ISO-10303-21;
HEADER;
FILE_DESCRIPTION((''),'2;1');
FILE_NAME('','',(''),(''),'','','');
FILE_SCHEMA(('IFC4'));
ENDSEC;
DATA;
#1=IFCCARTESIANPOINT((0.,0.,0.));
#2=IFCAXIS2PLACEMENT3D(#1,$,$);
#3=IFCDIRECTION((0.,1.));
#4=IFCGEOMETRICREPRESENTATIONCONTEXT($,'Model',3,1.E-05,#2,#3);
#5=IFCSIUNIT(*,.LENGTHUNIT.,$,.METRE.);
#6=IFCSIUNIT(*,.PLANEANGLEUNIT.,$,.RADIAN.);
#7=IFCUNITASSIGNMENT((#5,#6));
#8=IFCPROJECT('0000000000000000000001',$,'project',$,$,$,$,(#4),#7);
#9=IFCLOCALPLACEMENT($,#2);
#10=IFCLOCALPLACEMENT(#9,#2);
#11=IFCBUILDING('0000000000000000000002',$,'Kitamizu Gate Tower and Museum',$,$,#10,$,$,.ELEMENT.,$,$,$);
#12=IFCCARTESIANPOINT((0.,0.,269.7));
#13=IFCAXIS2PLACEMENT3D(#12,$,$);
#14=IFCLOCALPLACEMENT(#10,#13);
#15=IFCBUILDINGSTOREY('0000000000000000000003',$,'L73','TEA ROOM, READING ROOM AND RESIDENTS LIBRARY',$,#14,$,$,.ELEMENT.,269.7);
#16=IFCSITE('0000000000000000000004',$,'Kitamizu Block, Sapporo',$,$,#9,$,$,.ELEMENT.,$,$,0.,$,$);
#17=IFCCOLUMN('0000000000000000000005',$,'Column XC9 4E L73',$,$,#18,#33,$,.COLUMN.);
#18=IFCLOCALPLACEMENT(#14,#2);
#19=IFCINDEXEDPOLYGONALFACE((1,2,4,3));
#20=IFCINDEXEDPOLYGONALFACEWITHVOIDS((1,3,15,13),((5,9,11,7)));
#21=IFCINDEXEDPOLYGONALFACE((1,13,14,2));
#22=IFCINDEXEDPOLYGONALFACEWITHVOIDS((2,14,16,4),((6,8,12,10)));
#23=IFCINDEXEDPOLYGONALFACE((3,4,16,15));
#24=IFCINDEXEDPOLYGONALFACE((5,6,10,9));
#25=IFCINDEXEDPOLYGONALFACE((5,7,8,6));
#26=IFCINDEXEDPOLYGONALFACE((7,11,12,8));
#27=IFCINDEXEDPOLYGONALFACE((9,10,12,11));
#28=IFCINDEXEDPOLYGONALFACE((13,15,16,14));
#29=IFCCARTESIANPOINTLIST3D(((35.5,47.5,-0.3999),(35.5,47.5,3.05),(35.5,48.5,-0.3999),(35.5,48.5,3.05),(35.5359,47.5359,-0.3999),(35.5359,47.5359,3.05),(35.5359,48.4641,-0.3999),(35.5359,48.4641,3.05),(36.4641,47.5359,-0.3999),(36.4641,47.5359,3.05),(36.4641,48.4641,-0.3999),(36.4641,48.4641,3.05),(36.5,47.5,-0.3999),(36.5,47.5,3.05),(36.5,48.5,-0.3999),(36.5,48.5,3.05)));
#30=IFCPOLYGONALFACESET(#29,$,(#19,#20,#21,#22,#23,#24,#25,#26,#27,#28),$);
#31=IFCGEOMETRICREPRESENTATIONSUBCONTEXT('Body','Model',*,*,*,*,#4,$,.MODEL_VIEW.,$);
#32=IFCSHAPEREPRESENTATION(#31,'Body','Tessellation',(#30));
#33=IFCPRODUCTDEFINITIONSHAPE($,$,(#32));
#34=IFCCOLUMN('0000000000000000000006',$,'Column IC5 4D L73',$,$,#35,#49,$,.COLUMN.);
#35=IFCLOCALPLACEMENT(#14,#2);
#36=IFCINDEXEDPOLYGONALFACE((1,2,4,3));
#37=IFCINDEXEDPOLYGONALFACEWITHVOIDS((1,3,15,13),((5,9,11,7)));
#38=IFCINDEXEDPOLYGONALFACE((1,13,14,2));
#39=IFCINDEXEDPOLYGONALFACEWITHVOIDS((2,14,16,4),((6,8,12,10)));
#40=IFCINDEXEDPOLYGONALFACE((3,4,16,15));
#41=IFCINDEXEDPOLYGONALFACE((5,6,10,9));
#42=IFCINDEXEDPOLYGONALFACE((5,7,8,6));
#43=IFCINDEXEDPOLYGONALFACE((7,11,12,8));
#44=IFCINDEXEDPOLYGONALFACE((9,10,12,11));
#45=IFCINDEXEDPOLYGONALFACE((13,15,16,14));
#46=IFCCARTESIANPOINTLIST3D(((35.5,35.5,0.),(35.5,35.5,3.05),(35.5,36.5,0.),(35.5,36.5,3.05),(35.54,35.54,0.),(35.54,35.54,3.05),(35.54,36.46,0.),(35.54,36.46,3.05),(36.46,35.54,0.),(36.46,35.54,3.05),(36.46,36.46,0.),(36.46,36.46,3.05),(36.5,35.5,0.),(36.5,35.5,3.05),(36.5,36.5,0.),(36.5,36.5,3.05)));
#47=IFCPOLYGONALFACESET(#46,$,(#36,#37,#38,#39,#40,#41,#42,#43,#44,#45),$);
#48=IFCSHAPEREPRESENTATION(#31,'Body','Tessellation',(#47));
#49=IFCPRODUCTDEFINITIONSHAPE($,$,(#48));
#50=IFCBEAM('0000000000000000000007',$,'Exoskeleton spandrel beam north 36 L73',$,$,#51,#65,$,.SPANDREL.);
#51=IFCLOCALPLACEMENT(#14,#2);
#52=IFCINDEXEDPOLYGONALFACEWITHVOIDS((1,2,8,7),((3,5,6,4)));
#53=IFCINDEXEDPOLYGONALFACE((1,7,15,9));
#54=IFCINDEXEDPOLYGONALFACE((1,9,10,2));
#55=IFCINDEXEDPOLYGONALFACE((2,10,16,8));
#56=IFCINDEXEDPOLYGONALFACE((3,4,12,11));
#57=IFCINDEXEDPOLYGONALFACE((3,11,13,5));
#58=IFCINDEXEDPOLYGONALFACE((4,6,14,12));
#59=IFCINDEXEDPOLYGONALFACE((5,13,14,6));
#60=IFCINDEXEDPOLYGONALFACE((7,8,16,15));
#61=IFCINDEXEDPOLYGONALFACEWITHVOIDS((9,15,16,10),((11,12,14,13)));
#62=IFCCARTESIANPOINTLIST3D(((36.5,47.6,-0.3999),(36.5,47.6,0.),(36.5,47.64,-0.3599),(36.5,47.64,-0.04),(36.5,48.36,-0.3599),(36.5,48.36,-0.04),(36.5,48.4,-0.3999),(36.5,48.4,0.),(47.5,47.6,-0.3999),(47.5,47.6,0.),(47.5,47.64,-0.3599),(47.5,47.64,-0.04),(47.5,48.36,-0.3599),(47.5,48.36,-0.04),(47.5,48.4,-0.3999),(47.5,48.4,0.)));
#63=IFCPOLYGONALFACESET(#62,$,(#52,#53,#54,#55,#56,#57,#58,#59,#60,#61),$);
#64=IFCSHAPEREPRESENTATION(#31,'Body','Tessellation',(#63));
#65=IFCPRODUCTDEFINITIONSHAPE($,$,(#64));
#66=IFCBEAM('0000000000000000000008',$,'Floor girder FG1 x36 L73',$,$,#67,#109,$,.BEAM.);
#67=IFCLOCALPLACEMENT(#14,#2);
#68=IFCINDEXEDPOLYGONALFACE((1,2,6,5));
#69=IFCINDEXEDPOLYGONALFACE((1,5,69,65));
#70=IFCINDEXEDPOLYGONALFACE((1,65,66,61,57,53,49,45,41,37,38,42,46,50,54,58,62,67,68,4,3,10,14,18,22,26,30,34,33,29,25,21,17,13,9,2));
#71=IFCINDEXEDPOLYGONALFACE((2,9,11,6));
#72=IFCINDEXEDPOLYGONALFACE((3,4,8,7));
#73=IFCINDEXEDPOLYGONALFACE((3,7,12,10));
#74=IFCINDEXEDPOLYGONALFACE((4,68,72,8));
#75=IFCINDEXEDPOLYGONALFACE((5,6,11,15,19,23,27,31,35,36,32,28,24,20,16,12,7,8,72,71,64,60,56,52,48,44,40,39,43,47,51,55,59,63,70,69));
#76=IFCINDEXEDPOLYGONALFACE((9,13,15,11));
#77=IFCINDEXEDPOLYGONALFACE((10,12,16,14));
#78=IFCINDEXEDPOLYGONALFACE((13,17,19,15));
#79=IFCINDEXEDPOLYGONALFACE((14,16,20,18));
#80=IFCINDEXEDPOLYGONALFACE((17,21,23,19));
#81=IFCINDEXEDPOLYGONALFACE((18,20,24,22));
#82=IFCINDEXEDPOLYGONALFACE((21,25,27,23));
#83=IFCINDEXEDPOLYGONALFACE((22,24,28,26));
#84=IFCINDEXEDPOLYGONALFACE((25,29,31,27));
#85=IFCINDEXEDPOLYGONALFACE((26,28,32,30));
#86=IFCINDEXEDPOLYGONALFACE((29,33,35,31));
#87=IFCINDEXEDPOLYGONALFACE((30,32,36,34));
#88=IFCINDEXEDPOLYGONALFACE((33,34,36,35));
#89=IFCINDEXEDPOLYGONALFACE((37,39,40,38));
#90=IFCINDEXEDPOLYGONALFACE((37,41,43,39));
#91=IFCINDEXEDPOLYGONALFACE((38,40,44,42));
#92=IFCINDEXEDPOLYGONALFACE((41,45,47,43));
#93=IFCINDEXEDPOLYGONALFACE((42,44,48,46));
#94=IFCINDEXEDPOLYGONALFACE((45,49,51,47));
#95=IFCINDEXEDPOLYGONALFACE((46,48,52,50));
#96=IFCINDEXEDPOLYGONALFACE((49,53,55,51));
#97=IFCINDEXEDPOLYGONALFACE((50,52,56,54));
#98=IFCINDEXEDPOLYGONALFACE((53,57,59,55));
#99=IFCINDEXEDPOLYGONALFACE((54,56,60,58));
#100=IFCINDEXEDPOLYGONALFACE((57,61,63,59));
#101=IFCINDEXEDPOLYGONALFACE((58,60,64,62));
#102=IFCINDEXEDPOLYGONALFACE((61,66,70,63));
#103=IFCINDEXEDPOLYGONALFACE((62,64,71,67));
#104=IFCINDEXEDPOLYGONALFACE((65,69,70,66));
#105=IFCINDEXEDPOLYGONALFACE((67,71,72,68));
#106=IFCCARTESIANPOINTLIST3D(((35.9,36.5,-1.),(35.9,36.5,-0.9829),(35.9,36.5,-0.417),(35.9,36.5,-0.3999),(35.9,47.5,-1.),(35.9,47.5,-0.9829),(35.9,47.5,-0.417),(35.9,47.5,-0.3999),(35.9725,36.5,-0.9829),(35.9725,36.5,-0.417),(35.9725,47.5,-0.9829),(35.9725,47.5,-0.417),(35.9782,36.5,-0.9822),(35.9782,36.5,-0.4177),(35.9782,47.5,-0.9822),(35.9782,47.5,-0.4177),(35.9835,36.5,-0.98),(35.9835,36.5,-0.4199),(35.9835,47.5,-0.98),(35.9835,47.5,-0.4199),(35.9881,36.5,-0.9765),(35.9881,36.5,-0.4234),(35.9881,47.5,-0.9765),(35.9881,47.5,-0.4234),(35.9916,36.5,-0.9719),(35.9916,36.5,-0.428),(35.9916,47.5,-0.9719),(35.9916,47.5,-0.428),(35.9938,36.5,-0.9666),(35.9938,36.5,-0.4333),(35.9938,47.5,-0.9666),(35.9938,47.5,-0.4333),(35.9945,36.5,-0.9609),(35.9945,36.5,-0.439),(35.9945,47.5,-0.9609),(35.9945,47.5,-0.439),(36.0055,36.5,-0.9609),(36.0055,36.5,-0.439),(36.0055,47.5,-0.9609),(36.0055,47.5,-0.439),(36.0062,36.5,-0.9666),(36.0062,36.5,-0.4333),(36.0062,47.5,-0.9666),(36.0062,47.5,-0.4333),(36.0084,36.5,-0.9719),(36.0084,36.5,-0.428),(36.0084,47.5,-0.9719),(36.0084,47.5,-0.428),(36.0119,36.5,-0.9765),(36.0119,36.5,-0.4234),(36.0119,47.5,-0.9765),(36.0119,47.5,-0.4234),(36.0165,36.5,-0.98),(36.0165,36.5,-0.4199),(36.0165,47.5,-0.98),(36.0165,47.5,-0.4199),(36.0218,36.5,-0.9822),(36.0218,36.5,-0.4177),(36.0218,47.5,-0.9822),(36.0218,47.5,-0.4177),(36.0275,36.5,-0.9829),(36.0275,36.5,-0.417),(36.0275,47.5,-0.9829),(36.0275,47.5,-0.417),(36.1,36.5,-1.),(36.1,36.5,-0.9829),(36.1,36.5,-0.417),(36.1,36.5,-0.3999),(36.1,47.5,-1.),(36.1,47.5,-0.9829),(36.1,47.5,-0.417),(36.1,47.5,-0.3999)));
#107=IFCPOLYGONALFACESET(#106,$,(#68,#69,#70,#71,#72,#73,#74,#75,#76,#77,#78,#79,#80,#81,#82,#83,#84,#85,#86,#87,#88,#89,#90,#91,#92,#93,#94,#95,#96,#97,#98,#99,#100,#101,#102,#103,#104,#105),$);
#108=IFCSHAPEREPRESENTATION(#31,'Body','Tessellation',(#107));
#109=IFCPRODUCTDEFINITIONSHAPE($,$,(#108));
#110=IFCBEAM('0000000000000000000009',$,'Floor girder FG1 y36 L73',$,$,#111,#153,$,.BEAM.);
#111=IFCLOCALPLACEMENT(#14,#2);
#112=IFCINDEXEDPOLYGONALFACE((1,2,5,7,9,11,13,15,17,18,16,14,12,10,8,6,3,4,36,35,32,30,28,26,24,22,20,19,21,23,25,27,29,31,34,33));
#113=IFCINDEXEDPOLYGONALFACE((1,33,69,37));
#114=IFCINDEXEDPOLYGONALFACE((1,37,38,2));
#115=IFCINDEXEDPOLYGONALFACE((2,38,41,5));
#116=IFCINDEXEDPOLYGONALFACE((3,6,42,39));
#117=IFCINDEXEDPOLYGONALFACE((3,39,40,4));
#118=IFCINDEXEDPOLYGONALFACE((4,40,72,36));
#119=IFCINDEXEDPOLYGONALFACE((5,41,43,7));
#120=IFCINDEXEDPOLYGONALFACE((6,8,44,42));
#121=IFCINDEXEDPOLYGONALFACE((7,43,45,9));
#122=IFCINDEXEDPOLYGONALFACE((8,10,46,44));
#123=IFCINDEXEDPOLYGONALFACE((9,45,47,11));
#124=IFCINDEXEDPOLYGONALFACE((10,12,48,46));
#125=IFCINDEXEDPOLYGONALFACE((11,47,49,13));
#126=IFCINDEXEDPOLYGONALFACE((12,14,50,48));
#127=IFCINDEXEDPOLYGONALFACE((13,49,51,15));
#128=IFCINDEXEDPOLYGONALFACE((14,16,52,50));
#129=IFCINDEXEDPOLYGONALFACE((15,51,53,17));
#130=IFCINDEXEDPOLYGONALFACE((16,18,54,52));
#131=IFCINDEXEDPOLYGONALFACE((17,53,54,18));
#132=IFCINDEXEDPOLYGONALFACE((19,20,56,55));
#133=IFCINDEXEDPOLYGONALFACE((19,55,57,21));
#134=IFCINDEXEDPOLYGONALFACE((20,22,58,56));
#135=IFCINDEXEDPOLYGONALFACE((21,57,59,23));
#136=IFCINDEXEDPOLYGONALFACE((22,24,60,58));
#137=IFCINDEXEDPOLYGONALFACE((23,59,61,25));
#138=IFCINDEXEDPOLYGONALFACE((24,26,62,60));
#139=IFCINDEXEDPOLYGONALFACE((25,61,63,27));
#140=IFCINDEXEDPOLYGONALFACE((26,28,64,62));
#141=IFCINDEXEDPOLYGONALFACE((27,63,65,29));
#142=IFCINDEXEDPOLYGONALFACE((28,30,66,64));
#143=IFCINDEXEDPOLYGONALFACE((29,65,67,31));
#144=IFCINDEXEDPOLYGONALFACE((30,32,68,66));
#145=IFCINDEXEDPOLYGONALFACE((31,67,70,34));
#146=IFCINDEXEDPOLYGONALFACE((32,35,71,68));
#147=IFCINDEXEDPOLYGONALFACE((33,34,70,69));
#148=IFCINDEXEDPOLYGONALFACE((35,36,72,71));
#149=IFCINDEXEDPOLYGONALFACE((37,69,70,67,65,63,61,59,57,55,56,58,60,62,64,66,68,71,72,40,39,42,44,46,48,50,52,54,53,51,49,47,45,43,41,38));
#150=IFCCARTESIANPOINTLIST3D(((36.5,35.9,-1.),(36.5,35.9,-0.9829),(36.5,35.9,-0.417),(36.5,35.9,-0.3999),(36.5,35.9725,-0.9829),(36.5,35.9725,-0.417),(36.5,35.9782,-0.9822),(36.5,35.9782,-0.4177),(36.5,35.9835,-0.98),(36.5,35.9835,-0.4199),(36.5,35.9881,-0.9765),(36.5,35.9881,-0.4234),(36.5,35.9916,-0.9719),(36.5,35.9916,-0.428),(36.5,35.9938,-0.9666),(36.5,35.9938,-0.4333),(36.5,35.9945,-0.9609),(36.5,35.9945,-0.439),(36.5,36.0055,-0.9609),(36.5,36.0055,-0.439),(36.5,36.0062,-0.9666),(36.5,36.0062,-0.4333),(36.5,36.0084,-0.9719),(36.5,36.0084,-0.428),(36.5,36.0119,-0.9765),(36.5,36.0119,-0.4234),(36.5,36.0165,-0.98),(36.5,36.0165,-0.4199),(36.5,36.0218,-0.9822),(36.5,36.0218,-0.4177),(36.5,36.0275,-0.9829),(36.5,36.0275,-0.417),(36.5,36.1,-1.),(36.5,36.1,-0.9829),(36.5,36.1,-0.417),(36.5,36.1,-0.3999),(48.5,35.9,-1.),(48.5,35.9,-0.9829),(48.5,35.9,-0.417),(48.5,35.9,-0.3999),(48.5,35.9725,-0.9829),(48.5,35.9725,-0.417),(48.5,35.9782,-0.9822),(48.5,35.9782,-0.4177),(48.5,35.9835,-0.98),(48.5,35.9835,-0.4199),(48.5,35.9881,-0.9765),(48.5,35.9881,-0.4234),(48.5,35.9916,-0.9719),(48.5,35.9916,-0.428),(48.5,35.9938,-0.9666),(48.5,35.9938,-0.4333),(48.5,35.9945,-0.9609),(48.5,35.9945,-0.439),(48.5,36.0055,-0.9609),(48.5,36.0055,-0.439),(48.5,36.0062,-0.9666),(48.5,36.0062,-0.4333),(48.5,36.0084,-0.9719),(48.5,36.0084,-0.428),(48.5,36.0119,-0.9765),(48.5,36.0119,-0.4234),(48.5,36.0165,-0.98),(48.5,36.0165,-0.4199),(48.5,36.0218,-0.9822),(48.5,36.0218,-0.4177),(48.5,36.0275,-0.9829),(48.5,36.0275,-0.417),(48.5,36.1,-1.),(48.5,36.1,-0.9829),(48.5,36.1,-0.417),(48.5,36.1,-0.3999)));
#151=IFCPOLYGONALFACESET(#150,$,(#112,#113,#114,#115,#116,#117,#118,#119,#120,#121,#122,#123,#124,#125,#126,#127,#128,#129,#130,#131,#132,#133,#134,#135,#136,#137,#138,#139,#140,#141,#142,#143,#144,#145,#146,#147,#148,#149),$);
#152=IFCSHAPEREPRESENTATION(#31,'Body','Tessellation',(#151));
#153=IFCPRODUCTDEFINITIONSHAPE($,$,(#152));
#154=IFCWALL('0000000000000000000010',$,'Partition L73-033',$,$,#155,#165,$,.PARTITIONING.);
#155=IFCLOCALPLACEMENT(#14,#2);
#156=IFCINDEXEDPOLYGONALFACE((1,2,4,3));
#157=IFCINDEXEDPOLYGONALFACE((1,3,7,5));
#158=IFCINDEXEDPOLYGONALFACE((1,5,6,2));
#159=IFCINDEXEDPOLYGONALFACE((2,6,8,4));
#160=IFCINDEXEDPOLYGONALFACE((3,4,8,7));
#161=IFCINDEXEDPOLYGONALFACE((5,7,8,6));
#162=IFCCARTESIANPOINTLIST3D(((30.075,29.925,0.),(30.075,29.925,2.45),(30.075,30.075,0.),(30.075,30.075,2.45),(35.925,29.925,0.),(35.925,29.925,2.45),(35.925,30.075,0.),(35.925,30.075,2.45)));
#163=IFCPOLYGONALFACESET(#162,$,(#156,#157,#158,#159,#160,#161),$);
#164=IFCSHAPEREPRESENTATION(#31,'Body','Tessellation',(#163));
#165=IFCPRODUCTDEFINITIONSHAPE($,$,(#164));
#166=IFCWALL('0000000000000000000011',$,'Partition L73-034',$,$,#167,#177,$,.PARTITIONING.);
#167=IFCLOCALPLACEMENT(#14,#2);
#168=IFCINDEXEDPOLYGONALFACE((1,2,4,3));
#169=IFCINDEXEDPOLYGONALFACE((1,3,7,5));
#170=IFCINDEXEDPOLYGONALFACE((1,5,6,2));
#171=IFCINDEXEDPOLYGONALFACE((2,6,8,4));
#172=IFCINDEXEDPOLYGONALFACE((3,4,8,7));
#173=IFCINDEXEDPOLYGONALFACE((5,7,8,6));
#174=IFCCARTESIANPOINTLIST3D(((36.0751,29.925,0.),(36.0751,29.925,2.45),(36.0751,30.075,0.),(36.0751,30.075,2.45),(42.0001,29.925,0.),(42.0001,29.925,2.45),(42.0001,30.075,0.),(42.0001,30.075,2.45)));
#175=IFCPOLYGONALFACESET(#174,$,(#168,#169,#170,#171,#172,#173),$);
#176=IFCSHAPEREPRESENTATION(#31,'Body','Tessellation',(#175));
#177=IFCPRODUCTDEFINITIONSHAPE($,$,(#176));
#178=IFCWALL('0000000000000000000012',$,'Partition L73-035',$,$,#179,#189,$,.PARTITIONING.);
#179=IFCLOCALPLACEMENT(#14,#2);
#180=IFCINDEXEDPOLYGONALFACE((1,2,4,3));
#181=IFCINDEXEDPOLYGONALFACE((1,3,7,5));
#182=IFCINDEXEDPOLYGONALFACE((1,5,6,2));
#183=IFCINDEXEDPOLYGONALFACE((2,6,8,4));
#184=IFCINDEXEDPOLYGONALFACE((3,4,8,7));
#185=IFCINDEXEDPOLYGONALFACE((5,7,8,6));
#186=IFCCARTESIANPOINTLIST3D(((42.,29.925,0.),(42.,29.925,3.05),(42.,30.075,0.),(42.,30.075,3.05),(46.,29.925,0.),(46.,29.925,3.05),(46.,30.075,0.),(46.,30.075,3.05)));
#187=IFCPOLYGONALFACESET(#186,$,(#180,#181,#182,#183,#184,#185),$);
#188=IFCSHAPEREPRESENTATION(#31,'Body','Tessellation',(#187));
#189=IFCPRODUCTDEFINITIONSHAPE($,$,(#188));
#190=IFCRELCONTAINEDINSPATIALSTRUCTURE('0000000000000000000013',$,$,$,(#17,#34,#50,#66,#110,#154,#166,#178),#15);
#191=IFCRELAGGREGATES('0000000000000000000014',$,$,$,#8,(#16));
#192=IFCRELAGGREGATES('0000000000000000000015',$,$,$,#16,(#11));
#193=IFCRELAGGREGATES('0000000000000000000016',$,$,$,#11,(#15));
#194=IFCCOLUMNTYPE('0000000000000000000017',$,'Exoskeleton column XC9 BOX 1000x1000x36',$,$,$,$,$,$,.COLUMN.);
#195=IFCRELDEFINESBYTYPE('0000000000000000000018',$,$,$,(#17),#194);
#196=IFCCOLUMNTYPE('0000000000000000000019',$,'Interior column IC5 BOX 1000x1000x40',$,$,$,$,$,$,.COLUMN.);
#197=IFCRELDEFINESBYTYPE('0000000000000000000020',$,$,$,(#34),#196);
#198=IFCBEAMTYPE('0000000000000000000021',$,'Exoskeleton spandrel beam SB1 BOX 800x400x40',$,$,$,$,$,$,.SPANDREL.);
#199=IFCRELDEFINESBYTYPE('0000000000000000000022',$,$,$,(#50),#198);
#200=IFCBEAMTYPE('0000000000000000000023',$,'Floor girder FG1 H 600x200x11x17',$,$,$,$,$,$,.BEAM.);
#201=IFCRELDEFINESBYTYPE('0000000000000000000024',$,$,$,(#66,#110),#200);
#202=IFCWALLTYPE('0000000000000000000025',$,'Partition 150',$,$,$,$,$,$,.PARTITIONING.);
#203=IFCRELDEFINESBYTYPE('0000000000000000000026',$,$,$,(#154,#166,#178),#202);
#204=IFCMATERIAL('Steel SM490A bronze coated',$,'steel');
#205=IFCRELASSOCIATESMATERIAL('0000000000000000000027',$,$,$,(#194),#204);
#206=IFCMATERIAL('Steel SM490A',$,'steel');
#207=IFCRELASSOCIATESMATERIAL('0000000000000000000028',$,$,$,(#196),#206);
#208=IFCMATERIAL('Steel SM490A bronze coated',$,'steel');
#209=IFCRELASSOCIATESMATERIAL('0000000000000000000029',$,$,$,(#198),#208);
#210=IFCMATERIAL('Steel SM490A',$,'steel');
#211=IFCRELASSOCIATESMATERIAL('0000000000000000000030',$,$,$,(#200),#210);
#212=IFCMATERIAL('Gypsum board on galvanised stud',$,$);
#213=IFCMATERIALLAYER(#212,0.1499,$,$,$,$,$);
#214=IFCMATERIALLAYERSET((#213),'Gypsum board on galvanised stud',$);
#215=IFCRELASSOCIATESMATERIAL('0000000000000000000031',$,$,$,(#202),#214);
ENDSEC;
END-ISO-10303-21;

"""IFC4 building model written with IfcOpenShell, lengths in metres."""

from ifc_helpers import new_model, si_unit, direction, frame, frame_2d, origin, origin_2d, place, context, subcontext, project, spatial, rectangle, hollow_rectangle, i_section, extrude, material, layer, layer_set, material_profile, profile_set, type_object, element, save


model = new_model("IFC4")

# Units and contexts
model_context = context("Model", 3, precision=1e-05, world=origin(), true_north=direction((0.0, 1.0)))
body_context = subcontext(model_context, "Body", "Model", "MODEL_VIEW")
ifc_project = project(units=[si_unit("LENGTHUNIT", "METRE"), si_unit("PLANEANGLEUNIT", "RADIAN")], contexts=[model_context])

# Site, building, storey
site_placement = place(None, origin())
site = spatial("IfcSite", under=ifc_project, at=site_placement, Name="Kitamizu Block, Sapporo", CompositionType="ELEMENT", RefElevation=0.0)
building_placement = place(site_placement, origin())
building = spatial("IfcBuilding", under=site, at=building_placement, Name="Kitamizu Gate Tower and Museum", CompositionType="ELEMENT")
storey_placement = place(building_placement, frame((0.0, 0.0, 269.7)))
storey = spatial("IfcBuildingStorey", under=building, at=storey_placement, Name="L73", Description="TEA ROOM, READING ROOM AND RESIDENTS LIBRARY", CompositionType="ELEMENT", Elevation=269.7)

# Columns
ifc_material_1 = material(Name="Steel SM490A bronze coated", Category="steel")
ifc_material_profile_1 = material_profile(ifc_material_1, hollow_rectangle(XDim=1.0, YDim=1.0, WallThickness=0.0359, at=origin_2d()), Name="BOX 1000x1000x36")
ifc_profile_set_1 = profile_set([ifc_material_profile_1], Name="Steel SM490A bronze coated")
column_type_1 = type_object("IfcColumnType", Name="Exoskeleton column XC9 BOX 1000x1000x36", PredefinedType="COLUMN", material=ifc_profile_set_1)
column_1_placement = place(storey_placement, frame((36.0, 48.0, -0.3999), z_axis=(0.0, 0.0, 1.0), x_axis=(1.0, 0.0, 0.0)))
element("IfcColumn", 1, at=column_1_placement, inside=storey, type_object=column_type_1, Name="Column XC9 4E L73", PredefinedType="COLUMN", context=body_context, shape_type="SweptSolid", body=[
    extrude(hollow_rectangle(XDim=1.0, YDim=1.0, WallThickness=0.0359, at=origin_2d()), origin(), (0.0, 0.0, 1.0), 3.45),
])
ifc_material_2 = material(Name="Steel SM490A", Category="steel")
ifc_material_profile_2 = material_profile(ifc_material_2, hollow_rectangle(XDim=1.0, YDim=1.0, WallThickness=0.04, at=origin_2d()), Name="BOX 1000x1000x40")
ifc_profile_set_2 = profile_set([ifc_material_profile_2], Name="Steel SM490A")
column_type_2 = type_object("IfcColumnType", Name="Interior column IC5 BOX 1000x1000x40", PredefinedType="COLUMN", material=ifc_profile_set_2)
column_2_placement = place(storey_placement, frame((36.0, 36.0, 0.0), z_axis=(0.0, 0.0, 1.0), x_axis=(1.0, 0.0, 0.0)))
element("IfcColumn", 2, at=column_2_placement, inside=storey, type_object=column_type_2, Name="Column IC5 4D L73", PredefinedType="COLUMN", context=body_context, shape_type="SweptSolid", body=[
    extrude(hollow_rectangle(XDim=1.0, YDim=1.0, WallThickness=0.04, at=origin_2d()), origin(), (0.0, 0.0, 1.0), 3.05),
])

# Beams
ifc_material_3 = material(Name="Steel SM490A bronze coated", Category="steel")
ifc_material_profile_3 = material_profile(ifc_material_3, hollow_rectangle(XDim=0.8, YDim=0.3999, WallThickness=0.04, at=origin_2d()), Name="BOX 800x400x40")
ifc_profile_set_3 = profile_set([ifc_material_profile_3], Name="Steel SM490A bronze coated")
beam_type_1 = type_object("IfcBeamType", Name="Exoskeleton spandrel beam SB1 BOX 800x400x40", PredefinedType="SPANDREL", material=ifc_profile_set_3)
beam_1_placement = place(storey_placement, frame((36.5, 48.0, -0.2), z_axis=(1.0, 0.0, 0.0), x_axis=(0.0, 1.0, 0.0)))
element("IfcBeam", 3, at=beam_1_placement, inside=storey, type_object=beam_type_1, Name="Exoskeleton spandrel beam north 36 L73", PredefinedType="SPANDREL", context=body_context, shape_type="SweptSolid", body=[
    extrude(hollow_rectangle(XDim=0.8, YDim=0.3999, WallThickness=0.04, at=origin_2d()), origin(), (0.0, 0.0, 1.0), 11.0),
])
ifc_material_4 = material(Name="Steel SM490A", Category="steel")
ifc_material_profile_4 = material_profile(ifc_material_4, i_section(OverallWidth=0.2, OverallDepth=0.6001, WebThickness=0.011, FlangeThickness=0.0171, FilletRadius=0.022, at=origin_2d()), Name="H-600x200x11x17")
ifc_profile_set_4 = profile_set([ifc_material_profile_4], Name="Steel SM490A")
beam_type_2 = type_object("IfcBeamType", Name="Floor girder FG1 H 600x200x11x17", PredefinedType="BEAM", material=ifc_profile_set_4)
beam_2_placement = place(storey_placement, frame((36.0, 36.5, -0.7), z_axis=(0.0, 1.0, 0.0), x_axis=(-1.0, 0.0, 0.0)))
element("IfcBeam", 4, at=beam_2_placement, inside=storey, type_object=beam_type_2, Name="Floor girder FG1 x36 L73", PredefinedType="BEAM", context=body_context, shape_type="SweptSolid", body=[
    extrude(i_section(OverallWidth=0.2, OverallDepth=0.6001, WebThickness=0.011, FlangeThickness=0.0171, FilletRadius=0.022, at=origin_2d()), origin(), (0.0, 0.0, 1.0), 11.0),
])
beam_3_placement = place(storey_placement, frame((36.5, 36.0, -0.7), z_axis=(1.0, 0.0, 0.0), x_axis=(0.0, 1.0, 0.0)))
element("IfcBeam", 5, at=beam_3_placement, inside=storey, type_object=beam_type_2, Name="Floor girder FG1 y36 L73", PredefinedType="BEAM", context=body_context, shape_type="SweptSolid", body=[
    extrude(i_section(OverallWidth=0.2, OverallDepth=0.6001, WebThickness=0.011, FlangeThickness=0.0171, FilletRadius=0.022, at=origin_2d()), origin(), (0.0, 0.0, 1.0), 12.0),
])

# Walls
ifc_material_5 = material(Name="Gypsum board on galvanised stud")
ifc_layer_1 = layer(ifc_material_5, 0.1499)
ifc_layer_set_1 = layer_set([ifc_layer_1], Name="Gypsum board on galvanised stud")
wall_type_1 = type_object("IfcWallType", Name="Partition 150", PredefinedType="PARTITIONING", material=ifc_layer_set_1)
wall_1_placement = place(storey_placement, frame((35.925, 30.0, 0.0), z_axis=(0.0, 0.0, 1.0), x_axis=(-1.0, 0.0, 0.0)))
element("IfcWall", 6, at=wall_1_placement, inside=storey, type_object=wall_type_1, Name="Partition L73-033", PredefinedType="PARTITIONING", context=body_context, shape_type="SweptSolid", body=[
    extrude(rectangle(XDim=5.8501, YDim=0.1499, at=frame_2d((2.925, 0.0))), origin(), (0.0, 0.0, 1.0), 2.45),
])
wall_2_placement = place(storey_placement, frame((42.0, 30.0, 0.0), z_axis=(0.0, 0.0, 1.0), x_axis=(-1.0, 0.0, 0.0)))
element("IfcWall", 7, at=wall_2_placement, inside=storey, type_object=wall_type_1, Name="Partition L73-034", PredefinedType="PARTITIONING", context=body_context, shape_type="SweptSolid", body=[
    extrude(rectangle(XDim=5.925, YDim=0.1499, at=frame_2d((2.9624, 0.0))), origin(), (0.0, 0.0, 1.0), 2.45),
])
wall_3_placement = place(storey_placement, frame((46.0, 30.0, 0.0), z_axis=(0.0, 0.0, 1.0), x_axis=(-1.0, 0.0, 0.0)))
element("IfcWall", 8, at=wall_3_placement, inside=storey, type_object=wall_type_1, Name="Partition L73-035", PredefinedType="PARTITIONING", context=body_context, shape_type="SweptSolid", body=[
    extrude(rectangle(XDim=4.0, YDim=0.1499, at=frame_2d((2.0, 0.0))), origin(), (0.0, 0.0, 1.0), 3.05),
])

save(model, "model.ifc")
